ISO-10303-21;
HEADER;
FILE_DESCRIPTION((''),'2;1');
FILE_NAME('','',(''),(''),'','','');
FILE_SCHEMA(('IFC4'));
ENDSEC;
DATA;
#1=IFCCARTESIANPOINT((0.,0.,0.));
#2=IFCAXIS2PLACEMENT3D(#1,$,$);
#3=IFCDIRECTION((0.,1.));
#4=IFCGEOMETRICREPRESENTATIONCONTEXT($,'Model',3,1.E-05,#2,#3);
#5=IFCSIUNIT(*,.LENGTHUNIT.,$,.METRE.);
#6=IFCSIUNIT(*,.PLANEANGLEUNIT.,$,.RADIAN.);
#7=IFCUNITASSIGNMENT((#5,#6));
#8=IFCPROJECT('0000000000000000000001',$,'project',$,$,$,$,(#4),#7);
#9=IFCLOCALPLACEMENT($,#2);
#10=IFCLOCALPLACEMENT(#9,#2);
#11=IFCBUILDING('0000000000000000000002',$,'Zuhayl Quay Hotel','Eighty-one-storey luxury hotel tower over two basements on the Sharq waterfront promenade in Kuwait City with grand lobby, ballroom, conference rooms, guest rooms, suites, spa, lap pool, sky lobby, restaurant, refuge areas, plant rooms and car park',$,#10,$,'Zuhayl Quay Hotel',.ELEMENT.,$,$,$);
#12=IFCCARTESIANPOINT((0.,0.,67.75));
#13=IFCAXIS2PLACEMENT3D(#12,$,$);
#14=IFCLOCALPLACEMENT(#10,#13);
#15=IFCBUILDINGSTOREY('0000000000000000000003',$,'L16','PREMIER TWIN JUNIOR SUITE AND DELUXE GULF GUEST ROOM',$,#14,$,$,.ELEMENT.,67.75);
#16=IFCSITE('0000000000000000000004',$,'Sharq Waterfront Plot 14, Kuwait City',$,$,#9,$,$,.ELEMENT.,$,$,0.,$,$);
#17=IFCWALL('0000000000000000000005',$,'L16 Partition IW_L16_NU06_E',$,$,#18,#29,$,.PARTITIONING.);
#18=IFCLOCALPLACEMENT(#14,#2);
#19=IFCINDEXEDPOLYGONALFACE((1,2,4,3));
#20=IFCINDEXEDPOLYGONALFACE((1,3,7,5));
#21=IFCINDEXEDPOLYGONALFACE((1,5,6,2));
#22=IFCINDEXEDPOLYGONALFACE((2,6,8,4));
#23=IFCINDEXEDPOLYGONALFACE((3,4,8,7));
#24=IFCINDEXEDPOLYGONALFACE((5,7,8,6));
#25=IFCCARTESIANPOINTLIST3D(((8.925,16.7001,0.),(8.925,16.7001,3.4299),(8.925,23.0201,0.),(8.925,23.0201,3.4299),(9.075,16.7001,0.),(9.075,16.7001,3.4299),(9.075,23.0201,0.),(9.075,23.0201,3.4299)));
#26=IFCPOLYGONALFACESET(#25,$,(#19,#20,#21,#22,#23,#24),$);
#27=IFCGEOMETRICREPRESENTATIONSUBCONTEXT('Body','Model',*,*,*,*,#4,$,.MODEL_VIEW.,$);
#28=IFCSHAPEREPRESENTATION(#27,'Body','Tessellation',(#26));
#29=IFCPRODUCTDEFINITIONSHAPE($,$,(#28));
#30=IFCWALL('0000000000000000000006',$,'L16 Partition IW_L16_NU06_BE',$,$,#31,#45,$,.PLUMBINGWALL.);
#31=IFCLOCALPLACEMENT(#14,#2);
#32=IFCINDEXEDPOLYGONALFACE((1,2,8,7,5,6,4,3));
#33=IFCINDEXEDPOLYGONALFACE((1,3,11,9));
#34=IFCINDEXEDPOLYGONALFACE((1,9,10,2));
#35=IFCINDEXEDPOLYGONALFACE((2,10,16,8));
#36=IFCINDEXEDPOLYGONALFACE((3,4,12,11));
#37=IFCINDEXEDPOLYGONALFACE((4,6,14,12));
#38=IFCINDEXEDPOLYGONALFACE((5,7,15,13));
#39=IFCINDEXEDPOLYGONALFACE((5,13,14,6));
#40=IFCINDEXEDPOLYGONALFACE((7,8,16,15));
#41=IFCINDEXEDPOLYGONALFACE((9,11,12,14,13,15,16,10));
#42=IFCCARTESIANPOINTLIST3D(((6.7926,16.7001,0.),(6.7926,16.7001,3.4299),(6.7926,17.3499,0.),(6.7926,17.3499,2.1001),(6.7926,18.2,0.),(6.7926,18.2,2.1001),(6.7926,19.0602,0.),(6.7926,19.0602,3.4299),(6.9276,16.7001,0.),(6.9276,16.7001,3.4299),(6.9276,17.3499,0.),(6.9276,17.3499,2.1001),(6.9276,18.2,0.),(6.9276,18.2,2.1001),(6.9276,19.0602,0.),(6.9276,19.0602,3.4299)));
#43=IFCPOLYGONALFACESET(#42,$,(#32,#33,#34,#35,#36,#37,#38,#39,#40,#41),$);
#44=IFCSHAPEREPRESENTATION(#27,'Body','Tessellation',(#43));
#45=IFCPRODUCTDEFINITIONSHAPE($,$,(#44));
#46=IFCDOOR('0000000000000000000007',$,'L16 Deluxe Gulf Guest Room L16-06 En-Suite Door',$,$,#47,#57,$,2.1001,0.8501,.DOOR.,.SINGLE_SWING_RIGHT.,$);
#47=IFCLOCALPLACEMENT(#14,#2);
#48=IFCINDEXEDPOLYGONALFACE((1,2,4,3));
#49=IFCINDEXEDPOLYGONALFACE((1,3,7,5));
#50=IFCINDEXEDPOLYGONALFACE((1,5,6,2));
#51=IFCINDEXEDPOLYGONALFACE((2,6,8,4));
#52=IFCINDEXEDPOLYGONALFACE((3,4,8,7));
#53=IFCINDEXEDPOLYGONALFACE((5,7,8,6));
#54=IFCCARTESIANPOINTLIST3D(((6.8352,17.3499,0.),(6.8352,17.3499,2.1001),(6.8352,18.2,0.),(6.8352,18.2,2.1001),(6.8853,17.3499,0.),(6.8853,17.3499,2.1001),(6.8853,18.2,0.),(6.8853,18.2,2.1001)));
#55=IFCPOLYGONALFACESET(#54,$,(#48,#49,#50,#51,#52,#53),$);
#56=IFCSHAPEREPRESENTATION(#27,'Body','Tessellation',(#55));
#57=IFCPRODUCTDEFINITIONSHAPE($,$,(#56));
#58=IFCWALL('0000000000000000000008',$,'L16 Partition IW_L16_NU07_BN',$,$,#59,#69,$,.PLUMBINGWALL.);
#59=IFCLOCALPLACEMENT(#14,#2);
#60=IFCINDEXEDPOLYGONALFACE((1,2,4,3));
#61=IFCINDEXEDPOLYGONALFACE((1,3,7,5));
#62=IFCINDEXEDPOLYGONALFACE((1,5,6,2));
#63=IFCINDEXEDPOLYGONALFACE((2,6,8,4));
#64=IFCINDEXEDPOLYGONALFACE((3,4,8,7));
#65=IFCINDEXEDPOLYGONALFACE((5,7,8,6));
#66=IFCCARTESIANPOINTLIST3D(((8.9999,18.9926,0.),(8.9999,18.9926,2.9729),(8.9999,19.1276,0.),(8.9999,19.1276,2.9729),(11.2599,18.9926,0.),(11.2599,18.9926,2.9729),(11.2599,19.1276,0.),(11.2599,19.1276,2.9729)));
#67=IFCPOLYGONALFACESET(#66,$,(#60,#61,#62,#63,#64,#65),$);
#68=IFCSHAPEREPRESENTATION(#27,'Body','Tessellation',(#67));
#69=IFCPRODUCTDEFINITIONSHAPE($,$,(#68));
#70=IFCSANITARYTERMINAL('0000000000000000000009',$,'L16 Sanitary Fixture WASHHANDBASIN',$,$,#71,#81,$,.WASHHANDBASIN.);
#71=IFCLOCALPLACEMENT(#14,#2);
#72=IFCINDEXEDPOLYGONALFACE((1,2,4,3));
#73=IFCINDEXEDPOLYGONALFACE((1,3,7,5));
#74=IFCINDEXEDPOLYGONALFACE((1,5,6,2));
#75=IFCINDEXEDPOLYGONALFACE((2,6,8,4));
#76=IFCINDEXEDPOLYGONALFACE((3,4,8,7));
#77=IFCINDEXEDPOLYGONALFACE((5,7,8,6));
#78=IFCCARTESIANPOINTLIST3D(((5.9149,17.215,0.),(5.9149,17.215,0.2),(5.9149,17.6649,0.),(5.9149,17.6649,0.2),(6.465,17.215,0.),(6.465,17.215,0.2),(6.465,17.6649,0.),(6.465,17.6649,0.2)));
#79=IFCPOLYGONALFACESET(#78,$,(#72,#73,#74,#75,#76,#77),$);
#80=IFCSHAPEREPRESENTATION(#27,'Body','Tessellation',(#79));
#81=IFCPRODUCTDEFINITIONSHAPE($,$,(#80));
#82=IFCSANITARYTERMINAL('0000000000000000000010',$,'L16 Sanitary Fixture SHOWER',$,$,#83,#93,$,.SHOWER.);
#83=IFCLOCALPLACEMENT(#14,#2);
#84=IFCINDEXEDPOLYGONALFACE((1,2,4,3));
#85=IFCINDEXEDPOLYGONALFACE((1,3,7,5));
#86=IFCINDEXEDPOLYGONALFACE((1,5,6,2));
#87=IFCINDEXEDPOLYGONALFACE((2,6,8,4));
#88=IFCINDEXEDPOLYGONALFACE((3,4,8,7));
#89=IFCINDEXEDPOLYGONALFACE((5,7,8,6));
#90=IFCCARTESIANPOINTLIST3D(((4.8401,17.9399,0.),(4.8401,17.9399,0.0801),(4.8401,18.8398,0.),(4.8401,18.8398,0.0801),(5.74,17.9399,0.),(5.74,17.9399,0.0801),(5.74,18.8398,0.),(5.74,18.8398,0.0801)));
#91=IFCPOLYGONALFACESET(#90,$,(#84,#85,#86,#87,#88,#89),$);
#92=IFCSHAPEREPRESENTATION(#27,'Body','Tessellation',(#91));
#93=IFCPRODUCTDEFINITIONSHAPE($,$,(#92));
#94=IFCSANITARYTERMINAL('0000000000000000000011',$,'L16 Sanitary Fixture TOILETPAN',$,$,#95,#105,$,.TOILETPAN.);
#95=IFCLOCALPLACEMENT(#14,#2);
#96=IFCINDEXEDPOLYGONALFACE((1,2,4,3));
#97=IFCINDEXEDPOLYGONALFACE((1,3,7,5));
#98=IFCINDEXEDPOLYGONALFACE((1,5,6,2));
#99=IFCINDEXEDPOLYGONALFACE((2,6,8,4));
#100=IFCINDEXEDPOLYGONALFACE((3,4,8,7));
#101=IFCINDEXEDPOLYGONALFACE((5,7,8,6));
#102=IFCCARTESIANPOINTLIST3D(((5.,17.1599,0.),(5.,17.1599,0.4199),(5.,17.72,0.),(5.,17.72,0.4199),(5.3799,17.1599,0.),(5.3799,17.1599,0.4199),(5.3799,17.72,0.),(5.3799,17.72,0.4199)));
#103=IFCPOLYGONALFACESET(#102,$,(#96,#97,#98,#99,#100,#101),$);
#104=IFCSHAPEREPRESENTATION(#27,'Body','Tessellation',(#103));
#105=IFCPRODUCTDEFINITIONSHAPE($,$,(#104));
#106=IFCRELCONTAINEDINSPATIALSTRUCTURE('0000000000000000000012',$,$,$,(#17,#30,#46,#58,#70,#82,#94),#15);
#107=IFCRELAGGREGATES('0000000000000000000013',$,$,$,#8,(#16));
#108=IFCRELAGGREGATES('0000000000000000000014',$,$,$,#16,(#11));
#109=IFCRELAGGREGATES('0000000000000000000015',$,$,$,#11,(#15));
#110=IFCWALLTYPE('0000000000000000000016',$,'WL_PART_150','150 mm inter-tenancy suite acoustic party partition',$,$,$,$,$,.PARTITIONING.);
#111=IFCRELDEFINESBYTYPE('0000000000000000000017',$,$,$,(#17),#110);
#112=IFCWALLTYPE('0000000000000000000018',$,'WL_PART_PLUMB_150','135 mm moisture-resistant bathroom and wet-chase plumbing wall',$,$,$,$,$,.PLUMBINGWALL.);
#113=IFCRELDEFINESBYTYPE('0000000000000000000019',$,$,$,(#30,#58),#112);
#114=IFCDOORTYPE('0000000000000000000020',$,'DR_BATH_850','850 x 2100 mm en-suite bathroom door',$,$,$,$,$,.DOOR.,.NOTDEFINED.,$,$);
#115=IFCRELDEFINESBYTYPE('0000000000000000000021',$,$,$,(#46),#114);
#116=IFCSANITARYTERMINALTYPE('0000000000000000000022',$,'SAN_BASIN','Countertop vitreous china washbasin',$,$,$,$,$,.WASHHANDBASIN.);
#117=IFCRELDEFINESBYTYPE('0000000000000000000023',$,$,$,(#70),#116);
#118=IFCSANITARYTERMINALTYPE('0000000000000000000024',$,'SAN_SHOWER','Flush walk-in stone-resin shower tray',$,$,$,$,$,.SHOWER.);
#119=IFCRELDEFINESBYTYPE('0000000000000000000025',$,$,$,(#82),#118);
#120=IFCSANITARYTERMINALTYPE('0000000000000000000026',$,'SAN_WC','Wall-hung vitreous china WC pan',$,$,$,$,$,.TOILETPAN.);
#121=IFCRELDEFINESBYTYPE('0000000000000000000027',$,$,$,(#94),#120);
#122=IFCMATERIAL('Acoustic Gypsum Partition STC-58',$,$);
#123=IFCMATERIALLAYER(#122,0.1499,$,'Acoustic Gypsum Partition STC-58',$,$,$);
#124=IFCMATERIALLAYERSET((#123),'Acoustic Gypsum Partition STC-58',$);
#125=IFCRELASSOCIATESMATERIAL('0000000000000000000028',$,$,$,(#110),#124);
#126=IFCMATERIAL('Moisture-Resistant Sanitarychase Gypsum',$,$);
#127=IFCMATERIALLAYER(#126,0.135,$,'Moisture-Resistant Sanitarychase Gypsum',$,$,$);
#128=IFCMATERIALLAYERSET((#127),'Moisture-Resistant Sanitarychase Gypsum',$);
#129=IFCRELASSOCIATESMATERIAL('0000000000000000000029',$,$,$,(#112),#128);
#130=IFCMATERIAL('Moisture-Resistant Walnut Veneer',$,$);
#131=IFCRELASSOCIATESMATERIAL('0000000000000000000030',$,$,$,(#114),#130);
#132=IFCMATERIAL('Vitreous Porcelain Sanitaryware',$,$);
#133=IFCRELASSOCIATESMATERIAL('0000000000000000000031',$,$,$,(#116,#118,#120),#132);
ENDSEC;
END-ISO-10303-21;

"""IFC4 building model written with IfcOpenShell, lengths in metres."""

from ifc_helpers import new_model, si_unit, direction, frame, frame_2d, origin, origin_2d, place, context, subcontext, project, spatial, rectangle, extrude, material, layer, layer_set, type_object, element, fill, save


model = new_model("IFC4")

# Units and contexts
model_context = context("Model", 3, precision=1e-05, world=origin(), true_north=direction((0.0, 1.0)))
body_context = subcontext(model_context, "Body", "Model", "MODEL_VIEW")
ifc_project = project(units=[si_unit("LENGTHUNIT", "METRE"), si_unit("PLANEANGLEUNIT", "RADIAN")], contexts=[model_context])

# Site, building, storey
site_placement = place(None, origin())
site = spatial("IfcSite", under=ifc_project, at=site_placement, Name="Sharq Waterfront Plot 14, Kuwait City", CompositionType="ELEMENT", RefElevation=0.0)
building_placement = place(site_placement, origin())
building = spatial("IfcBuilding", under=site, at=building_placement, Name="Zuhayl Quay Hotel", Description="Eighty-one-storey luxury hotel tower over two basements on the Sharq waterfront promenade in Kuwait City with grand lobby, ballroom, conference rooms, guest rooms, suites, spa, lap pool, sky lobby, restaurant, refuge areas, plant rooms and car park", LongName="Zuhayl Quay Hotel", CompositionType="ELEMENT")
storey_placement = place(building_placement, frame((0.0, 0.0, 67.75)))
storey = spatial("IfcBuildingStorey", under=building, at=storey_placement, Name="L16", Description="PREMIER TWIN JUNIOR SUITE AND DELUXE GULF GUEST ROOM", CompositionType="ELEMENT", Elevation=67.75)

# Wall
ifc_material_1 = material(Name="Acoustic Gypsum Partition STC-58")
ifc_layer_1 = layer(ifc_material_1, 0.1499, Name="Acoustic Gypsum Partition STC-58")
ifc_layer_set_1 = layer_set([ifc_layer_1], Name="Acoustic Gypsum Partition STC-58")
wall_type_1 = type_object("IfcWallType", Name="WL_PART_150", Description="150 mm inter-tenancy suite acoustic party partition", PredefinedType="PARTITIONING", material=ifc_layer_set_1)
wall_1_placement = place(storey_placement, frame((9.0, 16.7, 0.0), z_axis=(0.0, 0.0, 1.0), x_axis=(0.0, 1.0, 0.0)))
element("IfcWall", 1, at=wall_1_placement, inside=storey, type_object=wall_type_1, Name="L16 Partition IW_L16_NU06_E", PredefinedType="PARTITIONING", context=body_context, shape_type="SweptSolid", body=[
    extrude(rectangle(XDim=6.3201, YDim=0.1499, at=frame_2d((3.1602, 0.0))), origin(), (0.0, 0.0, 1.0), 3.4299),
])

# Wall, opening, door
ifc_material_2 = material(Name="Moisture-Resistant Sanitarychase Gypsum")
ifc_layer_2 = layer(ifc_material_2, 0.135, Name="Moisture-Resistant Sanitarychase Gypsum")
ifc_layer_set_2 = layer_set([ifc_layer_2], Name="Moisture-Resistant Sanitarychase Gypsum")
wall_type_2 = type_object("IfcWallType", Name="WL_PART_PLUMB_150", Description="135 mm moisture-resistant bathroom and wet-chase plumbing wall", PredefinedType="PLUMBINGWALL", material=ifc_layer_set_2)
wall_2_placement = place(storey_placement, frame((6.8601, 16.7, 0.0), z_axis=(0.0, 0.0, 1.0), x_axis=(0.0, 1.0, 0.0)))
wall_2 = element("IfcWall", 2, at=wall_2_placement, inside=storey, type_object=wall_type_2, Name="L16 Partition IW_L16_NU06_BE", PredefinedType="PLUMBINGWALL", context=body_context, shape_type="SweptSolid", body=[
    extrude(rectangle(XDim=2.3601, YDim=0.135, at=frame_2d((1.1802, 0.0))), origin(), (0.0, 0.0, 1.0), 3.4299),
])
opening_1_placement = place(wall_2_placement, frame((0.6499, 0.0, 0.0)))
opening_1 = element("IfcOpeningElement", 3, at=opening_1_placement, cuts=wall_2, PredefinedType="OPENING", context=body_context, shape_type="SweptSolid", body=[
    extrude(rectangle(XDim=0.8501, YDim=2.1001, at=frame_2d((0.425, 1.05))), frame((0.0, 0.0774, 0.0), z_axis=(0.0, -1.0, 0.0), x_axis=(1.0, 0.0, 0.0)), (0.0, 0.0, 1.0), 0.155),
])
ifc_material_3 = material(Name="Moisture-Resistant Walnut Veneer")
door_type_1 = type_object("IfcDoorType", Name="DR_BATH_850", Description="850 x 2100 mm en-suite bathroom door", OperationType="NOTDEFINED", PredefinedType="DOOR", material=ifc_material_3)
door_1_placement = place(opening_1_placement, origin())
door_1 = element("IfcDoor", 4, at=door_1_placement, inside=storey, type_object=door_type_1, Name="L16 Deluxe Gulf Guest Room L16-06 En-Suite Door", OperationType="SINGLE_SWING_RIGHT", OverallHeight=2.1001, OverallWidth=0.8501, PredefinedType="DOOR", context=body_context, shape_type="SweptSolid", body=[
    extrude(rectangle(XDim=0.8501, YDim=2.1001, at=frame_2d((0.425, 1.05))), frame((0.0, 0.0249, 0.0), z_axis=(0.0, -1.0, 0.0), x_axis=(1.0, 0.0, 0.0)), (0.0, 0.0, 1.0), 0.05),
])
fill(opening_1, door_1)

# Wall
wall_3_placement = place(storey_placement, frame((9.0, 19.0601, 0.0), z_axis=(0.0, 0.0, 1.0), x_axis=(1.0, 0.0, 0.0)))
element("IfcWall", 5, at=wall_3_placement, inside=storey, type_object=wall_type_2, Name="L16 Partition IW_L16_NU07_BN", PredefinedType="PLUMBINGWALL", context=body_context, shape_type="SweptSolid", body=[
    extrude(rectangle(XDim=2.26, YDim=0.135, at=frame_2d((1.1299, 0.0))), origin(), (0.0, 0.0, 1.0), 2.9729),
])

# Sanitary terminals
ifc_material_4 = material(Name="Vitreous Porcelain Sanitaryware")
sanitary_terminal_type_1 = type_object("IfcSanitaryTerminalType", Name="SAN_BASIN", Description="Countertop vitreous china washbasin", PredefinedType="WASHHANDBASIN", material=ifc_material_4)
sanitary_terminal_1_placement = place(storey_placement, frame((6.1899, 17.4399, 0.0), z_axis=(0.0, 0.0, 1.0), x_axis=(1.0, 0.0, 0.0)))
element("IfcSanitaryTerminal", 6, at=sanitary_terminal_1_placement, inside=storey, type_object=sanitary_terminal_type_1, Name="L16 Sanitary Fixture WASHHANDBASIN", PredefinedType="WASHHANDBASIN", context=body_context, shape_type="SweptSolid", body=[
    extrude(rectangle(XDim=0.55, YDim=0.45, at=origin_2d()), origin(), (0.0, 0.0, 1.0), 0.2),
])
sanitary_terminal_type_2 = type_object("IfcSanitaryTerminalType", Name="SAN_SHOWER", Description="Flush walk-in stone-resin shower tray", PredefinedType="SHOWER", material=ifc_material_4)
sanitary_terminal_2_placement = place(storey_placement, frame((5.29, 18.3899, 0.0), z_axis=(0.0, 0.0, 1.0), x_axis=(1.0, 0.0, 0.0)))
element("IfcSanitaryTerminal", 7, at=sanitary_terminal_2_placement, inside=storey, type_object=sanitary_terminal_type_2, Name="L16 Sanitary Fixture SHOWER", PredefinedType="SHOWER", context=body_context, shape_type="SweptSolid", body=[
    extrude(rectangle(XDim=0.8999, YDim=0.8999, at=origin_2d()), origin(), (0.0, 0.0, 1.0), 0.0801),
])
sanitary_terminal_type_3 = type_object("IfcSanitaryTerminalType", Name="SAN_WC", Description="Wall-hung vitreous china WC pan", PredefinedType="TOILETPAN", material=ifc_material_4)
sanitary_terminal_3_placement = place(storey_placement, frame((5.1899, 17.4399, 0.0), z_axis=(0.0, 0.0, 1.0), x_axis=(1.0, 0.0, 0.0)))
element("IfcSanitaryTerminal", 8, at=sanitary_terminal_3_placement, inside=storey, type_object=sanitary_terminal_type_3, Name="L16 Sanitary Fixture TOILETPAN", PredefinedType="TOILETPAN", context=body_context, shape_type="SweptSolid", body=[
    extrude(rectangle(XDim=0.3799, YDim=0.5601, at=origin_2d()), origin(), (0.0, 0.0, 1.0), 0.4199),
])

save(model, "model.ifc")
